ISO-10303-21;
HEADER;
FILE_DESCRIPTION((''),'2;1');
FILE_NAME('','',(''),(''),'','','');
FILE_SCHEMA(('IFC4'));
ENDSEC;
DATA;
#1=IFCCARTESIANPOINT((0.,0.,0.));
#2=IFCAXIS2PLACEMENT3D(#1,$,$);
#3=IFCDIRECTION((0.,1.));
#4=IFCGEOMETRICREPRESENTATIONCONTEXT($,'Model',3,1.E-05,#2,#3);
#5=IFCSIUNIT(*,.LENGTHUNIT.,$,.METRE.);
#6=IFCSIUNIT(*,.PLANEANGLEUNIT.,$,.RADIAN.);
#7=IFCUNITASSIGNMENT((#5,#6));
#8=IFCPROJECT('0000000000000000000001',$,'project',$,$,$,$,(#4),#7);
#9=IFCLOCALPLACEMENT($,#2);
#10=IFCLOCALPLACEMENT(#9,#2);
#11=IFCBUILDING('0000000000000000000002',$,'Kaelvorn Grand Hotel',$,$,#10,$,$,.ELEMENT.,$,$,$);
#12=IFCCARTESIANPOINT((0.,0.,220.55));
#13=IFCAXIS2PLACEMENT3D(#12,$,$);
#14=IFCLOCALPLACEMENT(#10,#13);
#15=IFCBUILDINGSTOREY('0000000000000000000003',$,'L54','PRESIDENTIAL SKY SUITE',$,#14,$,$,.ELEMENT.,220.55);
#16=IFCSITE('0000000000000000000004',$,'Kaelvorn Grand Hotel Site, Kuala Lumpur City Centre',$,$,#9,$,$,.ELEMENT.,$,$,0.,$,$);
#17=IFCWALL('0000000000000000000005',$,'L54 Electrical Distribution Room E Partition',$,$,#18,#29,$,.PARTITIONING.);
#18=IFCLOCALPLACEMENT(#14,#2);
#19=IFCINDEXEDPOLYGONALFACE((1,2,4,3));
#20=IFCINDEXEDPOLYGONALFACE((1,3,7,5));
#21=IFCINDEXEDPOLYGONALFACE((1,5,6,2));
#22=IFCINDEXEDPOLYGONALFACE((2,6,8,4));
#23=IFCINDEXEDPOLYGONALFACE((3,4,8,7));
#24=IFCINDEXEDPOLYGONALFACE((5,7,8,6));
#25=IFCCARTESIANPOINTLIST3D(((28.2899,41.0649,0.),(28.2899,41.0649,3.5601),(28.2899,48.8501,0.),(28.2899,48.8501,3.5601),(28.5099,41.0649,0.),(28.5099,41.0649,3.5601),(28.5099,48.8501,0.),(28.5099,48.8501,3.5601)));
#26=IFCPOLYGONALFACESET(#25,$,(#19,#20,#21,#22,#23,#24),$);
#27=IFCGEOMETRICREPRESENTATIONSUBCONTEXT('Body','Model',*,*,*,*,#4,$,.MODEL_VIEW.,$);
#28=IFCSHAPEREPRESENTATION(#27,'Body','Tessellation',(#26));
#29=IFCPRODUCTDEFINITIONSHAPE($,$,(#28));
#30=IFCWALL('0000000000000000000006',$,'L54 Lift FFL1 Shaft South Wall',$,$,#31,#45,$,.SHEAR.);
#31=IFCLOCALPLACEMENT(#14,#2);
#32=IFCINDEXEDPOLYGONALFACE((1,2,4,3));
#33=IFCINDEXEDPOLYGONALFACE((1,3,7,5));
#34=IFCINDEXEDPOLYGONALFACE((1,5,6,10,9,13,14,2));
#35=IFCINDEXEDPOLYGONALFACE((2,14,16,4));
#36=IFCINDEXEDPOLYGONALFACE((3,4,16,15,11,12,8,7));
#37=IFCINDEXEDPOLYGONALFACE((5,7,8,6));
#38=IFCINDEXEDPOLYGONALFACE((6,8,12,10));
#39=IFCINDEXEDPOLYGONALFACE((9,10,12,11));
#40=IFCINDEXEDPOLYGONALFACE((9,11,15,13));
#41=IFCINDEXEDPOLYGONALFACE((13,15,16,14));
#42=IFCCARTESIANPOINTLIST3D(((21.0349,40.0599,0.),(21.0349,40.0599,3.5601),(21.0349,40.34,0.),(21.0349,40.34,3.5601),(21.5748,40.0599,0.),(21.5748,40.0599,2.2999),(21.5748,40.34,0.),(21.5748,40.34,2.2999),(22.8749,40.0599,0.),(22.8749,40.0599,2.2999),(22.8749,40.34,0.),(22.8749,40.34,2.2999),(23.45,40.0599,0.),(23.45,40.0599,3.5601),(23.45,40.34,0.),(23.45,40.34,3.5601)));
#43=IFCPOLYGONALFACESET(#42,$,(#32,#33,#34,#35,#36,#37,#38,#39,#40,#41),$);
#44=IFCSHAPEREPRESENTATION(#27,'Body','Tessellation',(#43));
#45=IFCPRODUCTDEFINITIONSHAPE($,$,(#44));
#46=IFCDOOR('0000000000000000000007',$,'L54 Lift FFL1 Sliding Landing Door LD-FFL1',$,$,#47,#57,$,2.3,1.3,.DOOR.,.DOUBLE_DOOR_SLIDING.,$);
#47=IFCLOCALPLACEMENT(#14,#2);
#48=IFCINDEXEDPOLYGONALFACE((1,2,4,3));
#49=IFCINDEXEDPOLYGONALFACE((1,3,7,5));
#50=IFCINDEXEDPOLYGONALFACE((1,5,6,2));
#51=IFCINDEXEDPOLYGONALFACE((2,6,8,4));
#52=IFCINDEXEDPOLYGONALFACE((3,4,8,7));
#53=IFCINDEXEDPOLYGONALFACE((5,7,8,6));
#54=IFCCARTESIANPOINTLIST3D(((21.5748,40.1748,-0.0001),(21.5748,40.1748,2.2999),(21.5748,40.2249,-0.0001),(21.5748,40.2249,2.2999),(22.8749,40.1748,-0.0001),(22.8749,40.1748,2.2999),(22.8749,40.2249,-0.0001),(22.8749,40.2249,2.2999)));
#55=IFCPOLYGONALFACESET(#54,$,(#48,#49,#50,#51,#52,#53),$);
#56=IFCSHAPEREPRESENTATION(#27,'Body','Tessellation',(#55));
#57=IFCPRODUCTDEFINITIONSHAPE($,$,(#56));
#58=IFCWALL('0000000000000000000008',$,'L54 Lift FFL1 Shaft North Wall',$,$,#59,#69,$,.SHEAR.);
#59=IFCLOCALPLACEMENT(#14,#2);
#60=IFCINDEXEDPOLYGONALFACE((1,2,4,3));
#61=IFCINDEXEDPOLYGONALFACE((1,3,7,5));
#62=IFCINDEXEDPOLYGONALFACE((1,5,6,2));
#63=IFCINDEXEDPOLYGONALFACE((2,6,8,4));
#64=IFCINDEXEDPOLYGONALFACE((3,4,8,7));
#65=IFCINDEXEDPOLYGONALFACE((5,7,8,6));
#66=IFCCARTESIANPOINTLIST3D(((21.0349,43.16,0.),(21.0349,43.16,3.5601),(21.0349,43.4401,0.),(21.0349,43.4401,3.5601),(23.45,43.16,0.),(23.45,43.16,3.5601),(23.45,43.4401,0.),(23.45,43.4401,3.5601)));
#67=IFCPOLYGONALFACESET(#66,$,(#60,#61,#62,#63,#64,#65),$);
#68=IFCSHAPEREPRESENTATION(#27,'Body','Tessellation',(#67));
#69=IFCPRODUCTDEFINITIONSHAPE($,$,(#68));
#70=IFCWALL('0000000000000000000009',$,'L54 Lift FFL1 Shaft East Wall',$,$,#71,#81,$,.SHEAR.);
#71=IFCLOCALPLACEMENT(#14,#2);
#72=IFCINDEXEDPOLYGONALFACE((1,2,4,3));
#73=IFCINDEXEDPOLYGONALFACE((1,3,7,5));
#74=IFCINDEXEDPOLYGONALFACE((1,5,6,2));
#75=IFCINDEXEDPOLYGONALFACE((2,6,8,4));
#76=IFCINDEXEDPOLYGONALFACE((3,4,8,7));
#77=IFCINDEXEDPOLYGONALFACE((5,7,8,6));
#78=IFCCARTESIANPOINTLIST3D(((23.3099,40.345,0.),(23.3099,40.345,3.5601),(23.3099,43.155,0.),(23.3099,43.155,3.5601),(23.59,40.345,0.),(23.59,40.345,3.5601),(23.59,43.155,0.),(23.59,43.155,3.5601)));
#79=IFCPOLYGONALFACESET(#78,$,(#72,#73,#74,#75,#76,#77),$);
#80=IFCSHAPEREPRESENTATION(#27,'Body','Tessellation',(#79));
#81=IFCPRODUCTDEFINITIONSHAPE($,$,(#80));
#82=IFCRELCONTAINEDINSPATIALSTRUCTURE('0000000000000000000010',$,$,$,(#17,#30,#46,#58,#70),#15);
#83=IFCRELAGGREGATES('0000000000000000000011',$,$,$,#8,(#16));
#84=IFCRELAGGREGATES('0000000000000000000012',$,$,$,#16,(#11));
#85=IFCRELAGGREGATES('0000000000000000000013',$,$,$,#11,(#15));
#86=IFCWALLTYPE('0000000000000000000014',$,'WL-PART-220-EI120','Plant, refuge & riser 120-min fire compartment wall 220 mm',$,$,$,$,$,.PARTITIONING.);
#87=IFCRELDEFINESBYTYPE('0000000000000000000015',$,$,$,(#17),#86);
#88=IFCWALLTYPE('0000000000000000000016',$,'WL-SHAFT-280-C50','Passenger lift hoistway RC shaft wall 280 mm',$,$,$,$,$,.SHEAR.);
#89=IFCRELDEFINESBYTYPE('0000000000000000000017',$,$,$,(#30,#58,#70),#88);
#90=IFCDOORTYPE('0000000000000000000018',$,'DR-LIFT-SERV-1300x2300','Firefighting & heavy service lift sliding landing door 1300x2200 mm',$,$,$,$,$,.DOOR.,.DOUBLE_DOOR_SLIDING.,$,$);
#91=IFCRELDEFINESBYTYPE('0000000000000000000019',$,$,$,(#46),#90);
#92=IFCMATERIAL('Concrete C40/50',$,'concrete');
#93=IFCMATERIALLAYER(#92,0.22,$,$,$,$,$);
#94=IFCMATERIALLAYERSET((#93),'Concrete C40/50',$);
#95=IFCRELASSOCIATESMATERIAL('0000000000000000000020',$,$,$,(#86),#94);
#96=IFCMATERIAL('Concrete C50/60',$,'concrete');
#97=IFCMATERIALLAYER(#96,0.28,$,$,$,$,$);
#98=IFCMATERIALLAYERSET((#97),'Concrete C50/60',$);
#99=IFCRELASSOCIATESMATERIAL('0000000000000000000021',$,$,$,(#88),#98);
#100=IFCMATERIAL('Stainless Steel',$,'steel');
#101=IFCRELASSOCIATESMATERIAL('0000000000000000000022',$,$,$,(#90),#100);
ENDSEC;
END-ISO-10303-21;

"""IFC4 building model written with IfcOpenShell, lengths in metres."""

from ifc_helpers import new_model, si_unit, direction, frame, frame_2d, origin, place, context, subcontext, project, spatial, rectangle, extrude, material, layer, layer_set, type_object, element, fill, save


model = new_model("IFC4")

# Units and contexts
model_context = context("Model", 3, precision=1e-05, world=origin(), true_north=direction((0.0, 1.0)))
body_context = subcontext(model_context, "Body", "Model", "MODEL_VIEW")
ifc_project = project(units=[si_unit("LENGTHUNIT", "METRE"), si_unit("PLANEANGLEUNIT", "RADIAN")], contexts=[model_context])

# Site, building, storey
site_placement = place(None, origin())
site = spatial("IfcSite", under=ifc_project, at=site_placement, Name="Kaelvorn Grand Hotel Site, Kuala Lumpur City Centre", CompositionType="ELEMENT", RefElevation=0.0)
building_placement = place(site_placement, origin())
building = spatial("IfcBuilding", under=site, at=building_placement, Name="Kaelvorn Grand Hotel", CompositionType="ELEMENT")
storey_placement = place(building_placement, frame((0.0, 0.0, 220.55)))
storey = spatial("IfcBuildingStorey", under=building, at=storey_placement, Name="L54", Description="PRESIDENTIAL SKY SUITE", CompositionType="ELEMENT", Elevation=220.55)

# Shared definitions
ifc_material_1 = material(Name="Concrete C50/60", Category="concrete")

# Shared definitions
ifc_material_2 = material(Name="Concrete C40/50", Category="concrete")
ifc_layer_1 = layer(ifc_material_2, 0.22)
ifc_layer_set_1 = layer_set([ifc_layer_1], Name="Concrete C40/50")
wall_type_1 = type_object("IfcWallType", Name="WL-PART-220-EI120", Description="Plant, refuge & riser 120-min fire compartment wall 220 mm", PredefinedType="PARTITIONING", material=ifc_layer_set_1)

# Wall
for number, where, z_axis, x_axis, name in (
    (1, (28.3999, 41.0649, 0.0), (0.0, 0.0, 1.0), (0.0, 1.0, 0.0), "L54 Electrical Distribution Room E Partition"),
):
    element("IfcWall", number, at=place(storey_placement, frame(where, z_axis=z_axis, x_axis=x_axis)), inside=storey, type_object=wall_type_1, Name=name, PredefinedType="PARTITIONING", context=body_context, shape_type="SweptSolid", body=[
        extrude(rectangle(XDim=7.7852, YDim=0.22, at=frame_2d((3.8926, 0.0))), origin(), (0.0, 0.0, 1.0), 3.5601),
    ])

# Wall, opening, door
ifc_layer_2 = layer(ifc_material_1, 0.28)
ifc_layer_set_2 = layer_set([ifc_layer_2], Name="Concrete C50/60")
wall_type_2 = type_object("IfcWallType", Name="WL-SHAFT-280-C50", Description="Passenger lift hoistway RC shaft wall 280 mm", PredefinedType="SHEAR", material=ifc_layer_set_2)
wall_1_placement = place(storey_placement, frame((21.0349, 40.2, 0.0), z_axis=(0.0, 0.0, 1.0), x_axis=(1.0, 0.0, 0.0)))
wall_1 = element("IfcWall", 2, at=wall_1_placement, inside=storey, type_object=wall_type_2, Name="L54 Lift FFL1 Shaft South Wall", PredefinedType="SHEAR", context=body_context, shape_type="SweptSolid", body=[
    extrude(rectangle(XDim=2.415, YDim=0.28, at=frame_2d((1.2075, 0.0))), origin(), (0.0, 0.0, 1.0), 3.5601),
])
opening_1_placement = place(wall_1_placement, frame((0.54, 0.0, 0.0)))
opening_1 = element("IfcOpeningElement", 3, at=opening_1_placement, cuts=wall_1, PredefinedType="OPENING", context=body_context, shape_type="SweptSolid", body=[
    extrude(rectangle(XDim=1.3, YDim=2.3, at=frame_2d((0.6499, 1.1499))), frame((0.0, 0.1499, 0.0), z_axis=(0.0, -1.0, 0.0), x_axis=(1.0, 0.0, 0.0)), (0.0, 0.0, 1.0), 0.3),
])
ifc_material_3 = material(Name="Stainless Steel", Category="steel")
door_type_1 = type_object("IfcDoorType", Name="DR-LIFT-SERV-1300x2300", Description="Firefighting & heavy service lift sliding landing door 1300x2200 mm", OperationType="DOUBLE_DOOR_SLIDING", PredefinedType="DOOR", material=ifc_material_3)
door_1_placement = place(opening_1_placement, origin())
door_1 = element("IfcDoor", 4, at=door_1_placement, inside=storey, type_object=door_type_1, Name="L54 Lift FFL1 Sliding Landing Door LD-FFL1", OperationType="DOUBLE_DOOR_SLIDING", OverallHeight=2.3, OverallWidth=1.3, PredefinedType="DOOR", context=body_context, shape_type="SweptSolid", body=[
    extrude(rectangle(XDim=1.3, YDim=2.3, at=frame_2d((0.6499, 1.1499))), frame((0.0, 0.0249, 0.0), z_axis=(0.0, -1.0, 0.0), x_axis=(1.0, 0.0, 0.0)), (0.0, 0.0, 1.0), 0.05),
])
fill(opening_1, door_1)

# Walls
wall_2_placement = place(storey_placement, frame((21.0349, 43.3, 0.0), z_axis=(0.0, 0.0, 1.0), x_axis=(1.0, 0.0, 0.0)))
element("IfcWall", 5, at=wall_2_placement, inside=storey, type_object=wall_type_2, Name="L54 Lift FFL1 Shaft North Wall", PredefinedType="SHEAR", context=body_context, shape_type="SweptSolid", body=[
    extrude(rectangle(XDim=2.415, YDim=0.28, at=frame_2d((1.2075, 0.0))), origin(), (0.0, 0.0, 1.0), 3.5601),
])
wall_3_placement = place(storey_placement, frame((23.45, 40.345, 0.0), z_axis=(0.0, 0.0, 1.0), x_axis=(0.0, 1.0, 0.0)))
element("IfcWall", 6, at=wall_3_placement, inside=storey, type_object=wall_type_2, Name="L54 Lift FFL1 Shaft East Wall", PredefinedType="SHEAR", context=body_context, shape_type="SweptSolid", body=[
    extrude(rectangle(XDim=2.8101, YDim=0.28, at=frame_2d((1.405, 0.0))), origin(), (0.0, 0.0, 1.0), 3.5601),
])

save(model, "model.ifc")
